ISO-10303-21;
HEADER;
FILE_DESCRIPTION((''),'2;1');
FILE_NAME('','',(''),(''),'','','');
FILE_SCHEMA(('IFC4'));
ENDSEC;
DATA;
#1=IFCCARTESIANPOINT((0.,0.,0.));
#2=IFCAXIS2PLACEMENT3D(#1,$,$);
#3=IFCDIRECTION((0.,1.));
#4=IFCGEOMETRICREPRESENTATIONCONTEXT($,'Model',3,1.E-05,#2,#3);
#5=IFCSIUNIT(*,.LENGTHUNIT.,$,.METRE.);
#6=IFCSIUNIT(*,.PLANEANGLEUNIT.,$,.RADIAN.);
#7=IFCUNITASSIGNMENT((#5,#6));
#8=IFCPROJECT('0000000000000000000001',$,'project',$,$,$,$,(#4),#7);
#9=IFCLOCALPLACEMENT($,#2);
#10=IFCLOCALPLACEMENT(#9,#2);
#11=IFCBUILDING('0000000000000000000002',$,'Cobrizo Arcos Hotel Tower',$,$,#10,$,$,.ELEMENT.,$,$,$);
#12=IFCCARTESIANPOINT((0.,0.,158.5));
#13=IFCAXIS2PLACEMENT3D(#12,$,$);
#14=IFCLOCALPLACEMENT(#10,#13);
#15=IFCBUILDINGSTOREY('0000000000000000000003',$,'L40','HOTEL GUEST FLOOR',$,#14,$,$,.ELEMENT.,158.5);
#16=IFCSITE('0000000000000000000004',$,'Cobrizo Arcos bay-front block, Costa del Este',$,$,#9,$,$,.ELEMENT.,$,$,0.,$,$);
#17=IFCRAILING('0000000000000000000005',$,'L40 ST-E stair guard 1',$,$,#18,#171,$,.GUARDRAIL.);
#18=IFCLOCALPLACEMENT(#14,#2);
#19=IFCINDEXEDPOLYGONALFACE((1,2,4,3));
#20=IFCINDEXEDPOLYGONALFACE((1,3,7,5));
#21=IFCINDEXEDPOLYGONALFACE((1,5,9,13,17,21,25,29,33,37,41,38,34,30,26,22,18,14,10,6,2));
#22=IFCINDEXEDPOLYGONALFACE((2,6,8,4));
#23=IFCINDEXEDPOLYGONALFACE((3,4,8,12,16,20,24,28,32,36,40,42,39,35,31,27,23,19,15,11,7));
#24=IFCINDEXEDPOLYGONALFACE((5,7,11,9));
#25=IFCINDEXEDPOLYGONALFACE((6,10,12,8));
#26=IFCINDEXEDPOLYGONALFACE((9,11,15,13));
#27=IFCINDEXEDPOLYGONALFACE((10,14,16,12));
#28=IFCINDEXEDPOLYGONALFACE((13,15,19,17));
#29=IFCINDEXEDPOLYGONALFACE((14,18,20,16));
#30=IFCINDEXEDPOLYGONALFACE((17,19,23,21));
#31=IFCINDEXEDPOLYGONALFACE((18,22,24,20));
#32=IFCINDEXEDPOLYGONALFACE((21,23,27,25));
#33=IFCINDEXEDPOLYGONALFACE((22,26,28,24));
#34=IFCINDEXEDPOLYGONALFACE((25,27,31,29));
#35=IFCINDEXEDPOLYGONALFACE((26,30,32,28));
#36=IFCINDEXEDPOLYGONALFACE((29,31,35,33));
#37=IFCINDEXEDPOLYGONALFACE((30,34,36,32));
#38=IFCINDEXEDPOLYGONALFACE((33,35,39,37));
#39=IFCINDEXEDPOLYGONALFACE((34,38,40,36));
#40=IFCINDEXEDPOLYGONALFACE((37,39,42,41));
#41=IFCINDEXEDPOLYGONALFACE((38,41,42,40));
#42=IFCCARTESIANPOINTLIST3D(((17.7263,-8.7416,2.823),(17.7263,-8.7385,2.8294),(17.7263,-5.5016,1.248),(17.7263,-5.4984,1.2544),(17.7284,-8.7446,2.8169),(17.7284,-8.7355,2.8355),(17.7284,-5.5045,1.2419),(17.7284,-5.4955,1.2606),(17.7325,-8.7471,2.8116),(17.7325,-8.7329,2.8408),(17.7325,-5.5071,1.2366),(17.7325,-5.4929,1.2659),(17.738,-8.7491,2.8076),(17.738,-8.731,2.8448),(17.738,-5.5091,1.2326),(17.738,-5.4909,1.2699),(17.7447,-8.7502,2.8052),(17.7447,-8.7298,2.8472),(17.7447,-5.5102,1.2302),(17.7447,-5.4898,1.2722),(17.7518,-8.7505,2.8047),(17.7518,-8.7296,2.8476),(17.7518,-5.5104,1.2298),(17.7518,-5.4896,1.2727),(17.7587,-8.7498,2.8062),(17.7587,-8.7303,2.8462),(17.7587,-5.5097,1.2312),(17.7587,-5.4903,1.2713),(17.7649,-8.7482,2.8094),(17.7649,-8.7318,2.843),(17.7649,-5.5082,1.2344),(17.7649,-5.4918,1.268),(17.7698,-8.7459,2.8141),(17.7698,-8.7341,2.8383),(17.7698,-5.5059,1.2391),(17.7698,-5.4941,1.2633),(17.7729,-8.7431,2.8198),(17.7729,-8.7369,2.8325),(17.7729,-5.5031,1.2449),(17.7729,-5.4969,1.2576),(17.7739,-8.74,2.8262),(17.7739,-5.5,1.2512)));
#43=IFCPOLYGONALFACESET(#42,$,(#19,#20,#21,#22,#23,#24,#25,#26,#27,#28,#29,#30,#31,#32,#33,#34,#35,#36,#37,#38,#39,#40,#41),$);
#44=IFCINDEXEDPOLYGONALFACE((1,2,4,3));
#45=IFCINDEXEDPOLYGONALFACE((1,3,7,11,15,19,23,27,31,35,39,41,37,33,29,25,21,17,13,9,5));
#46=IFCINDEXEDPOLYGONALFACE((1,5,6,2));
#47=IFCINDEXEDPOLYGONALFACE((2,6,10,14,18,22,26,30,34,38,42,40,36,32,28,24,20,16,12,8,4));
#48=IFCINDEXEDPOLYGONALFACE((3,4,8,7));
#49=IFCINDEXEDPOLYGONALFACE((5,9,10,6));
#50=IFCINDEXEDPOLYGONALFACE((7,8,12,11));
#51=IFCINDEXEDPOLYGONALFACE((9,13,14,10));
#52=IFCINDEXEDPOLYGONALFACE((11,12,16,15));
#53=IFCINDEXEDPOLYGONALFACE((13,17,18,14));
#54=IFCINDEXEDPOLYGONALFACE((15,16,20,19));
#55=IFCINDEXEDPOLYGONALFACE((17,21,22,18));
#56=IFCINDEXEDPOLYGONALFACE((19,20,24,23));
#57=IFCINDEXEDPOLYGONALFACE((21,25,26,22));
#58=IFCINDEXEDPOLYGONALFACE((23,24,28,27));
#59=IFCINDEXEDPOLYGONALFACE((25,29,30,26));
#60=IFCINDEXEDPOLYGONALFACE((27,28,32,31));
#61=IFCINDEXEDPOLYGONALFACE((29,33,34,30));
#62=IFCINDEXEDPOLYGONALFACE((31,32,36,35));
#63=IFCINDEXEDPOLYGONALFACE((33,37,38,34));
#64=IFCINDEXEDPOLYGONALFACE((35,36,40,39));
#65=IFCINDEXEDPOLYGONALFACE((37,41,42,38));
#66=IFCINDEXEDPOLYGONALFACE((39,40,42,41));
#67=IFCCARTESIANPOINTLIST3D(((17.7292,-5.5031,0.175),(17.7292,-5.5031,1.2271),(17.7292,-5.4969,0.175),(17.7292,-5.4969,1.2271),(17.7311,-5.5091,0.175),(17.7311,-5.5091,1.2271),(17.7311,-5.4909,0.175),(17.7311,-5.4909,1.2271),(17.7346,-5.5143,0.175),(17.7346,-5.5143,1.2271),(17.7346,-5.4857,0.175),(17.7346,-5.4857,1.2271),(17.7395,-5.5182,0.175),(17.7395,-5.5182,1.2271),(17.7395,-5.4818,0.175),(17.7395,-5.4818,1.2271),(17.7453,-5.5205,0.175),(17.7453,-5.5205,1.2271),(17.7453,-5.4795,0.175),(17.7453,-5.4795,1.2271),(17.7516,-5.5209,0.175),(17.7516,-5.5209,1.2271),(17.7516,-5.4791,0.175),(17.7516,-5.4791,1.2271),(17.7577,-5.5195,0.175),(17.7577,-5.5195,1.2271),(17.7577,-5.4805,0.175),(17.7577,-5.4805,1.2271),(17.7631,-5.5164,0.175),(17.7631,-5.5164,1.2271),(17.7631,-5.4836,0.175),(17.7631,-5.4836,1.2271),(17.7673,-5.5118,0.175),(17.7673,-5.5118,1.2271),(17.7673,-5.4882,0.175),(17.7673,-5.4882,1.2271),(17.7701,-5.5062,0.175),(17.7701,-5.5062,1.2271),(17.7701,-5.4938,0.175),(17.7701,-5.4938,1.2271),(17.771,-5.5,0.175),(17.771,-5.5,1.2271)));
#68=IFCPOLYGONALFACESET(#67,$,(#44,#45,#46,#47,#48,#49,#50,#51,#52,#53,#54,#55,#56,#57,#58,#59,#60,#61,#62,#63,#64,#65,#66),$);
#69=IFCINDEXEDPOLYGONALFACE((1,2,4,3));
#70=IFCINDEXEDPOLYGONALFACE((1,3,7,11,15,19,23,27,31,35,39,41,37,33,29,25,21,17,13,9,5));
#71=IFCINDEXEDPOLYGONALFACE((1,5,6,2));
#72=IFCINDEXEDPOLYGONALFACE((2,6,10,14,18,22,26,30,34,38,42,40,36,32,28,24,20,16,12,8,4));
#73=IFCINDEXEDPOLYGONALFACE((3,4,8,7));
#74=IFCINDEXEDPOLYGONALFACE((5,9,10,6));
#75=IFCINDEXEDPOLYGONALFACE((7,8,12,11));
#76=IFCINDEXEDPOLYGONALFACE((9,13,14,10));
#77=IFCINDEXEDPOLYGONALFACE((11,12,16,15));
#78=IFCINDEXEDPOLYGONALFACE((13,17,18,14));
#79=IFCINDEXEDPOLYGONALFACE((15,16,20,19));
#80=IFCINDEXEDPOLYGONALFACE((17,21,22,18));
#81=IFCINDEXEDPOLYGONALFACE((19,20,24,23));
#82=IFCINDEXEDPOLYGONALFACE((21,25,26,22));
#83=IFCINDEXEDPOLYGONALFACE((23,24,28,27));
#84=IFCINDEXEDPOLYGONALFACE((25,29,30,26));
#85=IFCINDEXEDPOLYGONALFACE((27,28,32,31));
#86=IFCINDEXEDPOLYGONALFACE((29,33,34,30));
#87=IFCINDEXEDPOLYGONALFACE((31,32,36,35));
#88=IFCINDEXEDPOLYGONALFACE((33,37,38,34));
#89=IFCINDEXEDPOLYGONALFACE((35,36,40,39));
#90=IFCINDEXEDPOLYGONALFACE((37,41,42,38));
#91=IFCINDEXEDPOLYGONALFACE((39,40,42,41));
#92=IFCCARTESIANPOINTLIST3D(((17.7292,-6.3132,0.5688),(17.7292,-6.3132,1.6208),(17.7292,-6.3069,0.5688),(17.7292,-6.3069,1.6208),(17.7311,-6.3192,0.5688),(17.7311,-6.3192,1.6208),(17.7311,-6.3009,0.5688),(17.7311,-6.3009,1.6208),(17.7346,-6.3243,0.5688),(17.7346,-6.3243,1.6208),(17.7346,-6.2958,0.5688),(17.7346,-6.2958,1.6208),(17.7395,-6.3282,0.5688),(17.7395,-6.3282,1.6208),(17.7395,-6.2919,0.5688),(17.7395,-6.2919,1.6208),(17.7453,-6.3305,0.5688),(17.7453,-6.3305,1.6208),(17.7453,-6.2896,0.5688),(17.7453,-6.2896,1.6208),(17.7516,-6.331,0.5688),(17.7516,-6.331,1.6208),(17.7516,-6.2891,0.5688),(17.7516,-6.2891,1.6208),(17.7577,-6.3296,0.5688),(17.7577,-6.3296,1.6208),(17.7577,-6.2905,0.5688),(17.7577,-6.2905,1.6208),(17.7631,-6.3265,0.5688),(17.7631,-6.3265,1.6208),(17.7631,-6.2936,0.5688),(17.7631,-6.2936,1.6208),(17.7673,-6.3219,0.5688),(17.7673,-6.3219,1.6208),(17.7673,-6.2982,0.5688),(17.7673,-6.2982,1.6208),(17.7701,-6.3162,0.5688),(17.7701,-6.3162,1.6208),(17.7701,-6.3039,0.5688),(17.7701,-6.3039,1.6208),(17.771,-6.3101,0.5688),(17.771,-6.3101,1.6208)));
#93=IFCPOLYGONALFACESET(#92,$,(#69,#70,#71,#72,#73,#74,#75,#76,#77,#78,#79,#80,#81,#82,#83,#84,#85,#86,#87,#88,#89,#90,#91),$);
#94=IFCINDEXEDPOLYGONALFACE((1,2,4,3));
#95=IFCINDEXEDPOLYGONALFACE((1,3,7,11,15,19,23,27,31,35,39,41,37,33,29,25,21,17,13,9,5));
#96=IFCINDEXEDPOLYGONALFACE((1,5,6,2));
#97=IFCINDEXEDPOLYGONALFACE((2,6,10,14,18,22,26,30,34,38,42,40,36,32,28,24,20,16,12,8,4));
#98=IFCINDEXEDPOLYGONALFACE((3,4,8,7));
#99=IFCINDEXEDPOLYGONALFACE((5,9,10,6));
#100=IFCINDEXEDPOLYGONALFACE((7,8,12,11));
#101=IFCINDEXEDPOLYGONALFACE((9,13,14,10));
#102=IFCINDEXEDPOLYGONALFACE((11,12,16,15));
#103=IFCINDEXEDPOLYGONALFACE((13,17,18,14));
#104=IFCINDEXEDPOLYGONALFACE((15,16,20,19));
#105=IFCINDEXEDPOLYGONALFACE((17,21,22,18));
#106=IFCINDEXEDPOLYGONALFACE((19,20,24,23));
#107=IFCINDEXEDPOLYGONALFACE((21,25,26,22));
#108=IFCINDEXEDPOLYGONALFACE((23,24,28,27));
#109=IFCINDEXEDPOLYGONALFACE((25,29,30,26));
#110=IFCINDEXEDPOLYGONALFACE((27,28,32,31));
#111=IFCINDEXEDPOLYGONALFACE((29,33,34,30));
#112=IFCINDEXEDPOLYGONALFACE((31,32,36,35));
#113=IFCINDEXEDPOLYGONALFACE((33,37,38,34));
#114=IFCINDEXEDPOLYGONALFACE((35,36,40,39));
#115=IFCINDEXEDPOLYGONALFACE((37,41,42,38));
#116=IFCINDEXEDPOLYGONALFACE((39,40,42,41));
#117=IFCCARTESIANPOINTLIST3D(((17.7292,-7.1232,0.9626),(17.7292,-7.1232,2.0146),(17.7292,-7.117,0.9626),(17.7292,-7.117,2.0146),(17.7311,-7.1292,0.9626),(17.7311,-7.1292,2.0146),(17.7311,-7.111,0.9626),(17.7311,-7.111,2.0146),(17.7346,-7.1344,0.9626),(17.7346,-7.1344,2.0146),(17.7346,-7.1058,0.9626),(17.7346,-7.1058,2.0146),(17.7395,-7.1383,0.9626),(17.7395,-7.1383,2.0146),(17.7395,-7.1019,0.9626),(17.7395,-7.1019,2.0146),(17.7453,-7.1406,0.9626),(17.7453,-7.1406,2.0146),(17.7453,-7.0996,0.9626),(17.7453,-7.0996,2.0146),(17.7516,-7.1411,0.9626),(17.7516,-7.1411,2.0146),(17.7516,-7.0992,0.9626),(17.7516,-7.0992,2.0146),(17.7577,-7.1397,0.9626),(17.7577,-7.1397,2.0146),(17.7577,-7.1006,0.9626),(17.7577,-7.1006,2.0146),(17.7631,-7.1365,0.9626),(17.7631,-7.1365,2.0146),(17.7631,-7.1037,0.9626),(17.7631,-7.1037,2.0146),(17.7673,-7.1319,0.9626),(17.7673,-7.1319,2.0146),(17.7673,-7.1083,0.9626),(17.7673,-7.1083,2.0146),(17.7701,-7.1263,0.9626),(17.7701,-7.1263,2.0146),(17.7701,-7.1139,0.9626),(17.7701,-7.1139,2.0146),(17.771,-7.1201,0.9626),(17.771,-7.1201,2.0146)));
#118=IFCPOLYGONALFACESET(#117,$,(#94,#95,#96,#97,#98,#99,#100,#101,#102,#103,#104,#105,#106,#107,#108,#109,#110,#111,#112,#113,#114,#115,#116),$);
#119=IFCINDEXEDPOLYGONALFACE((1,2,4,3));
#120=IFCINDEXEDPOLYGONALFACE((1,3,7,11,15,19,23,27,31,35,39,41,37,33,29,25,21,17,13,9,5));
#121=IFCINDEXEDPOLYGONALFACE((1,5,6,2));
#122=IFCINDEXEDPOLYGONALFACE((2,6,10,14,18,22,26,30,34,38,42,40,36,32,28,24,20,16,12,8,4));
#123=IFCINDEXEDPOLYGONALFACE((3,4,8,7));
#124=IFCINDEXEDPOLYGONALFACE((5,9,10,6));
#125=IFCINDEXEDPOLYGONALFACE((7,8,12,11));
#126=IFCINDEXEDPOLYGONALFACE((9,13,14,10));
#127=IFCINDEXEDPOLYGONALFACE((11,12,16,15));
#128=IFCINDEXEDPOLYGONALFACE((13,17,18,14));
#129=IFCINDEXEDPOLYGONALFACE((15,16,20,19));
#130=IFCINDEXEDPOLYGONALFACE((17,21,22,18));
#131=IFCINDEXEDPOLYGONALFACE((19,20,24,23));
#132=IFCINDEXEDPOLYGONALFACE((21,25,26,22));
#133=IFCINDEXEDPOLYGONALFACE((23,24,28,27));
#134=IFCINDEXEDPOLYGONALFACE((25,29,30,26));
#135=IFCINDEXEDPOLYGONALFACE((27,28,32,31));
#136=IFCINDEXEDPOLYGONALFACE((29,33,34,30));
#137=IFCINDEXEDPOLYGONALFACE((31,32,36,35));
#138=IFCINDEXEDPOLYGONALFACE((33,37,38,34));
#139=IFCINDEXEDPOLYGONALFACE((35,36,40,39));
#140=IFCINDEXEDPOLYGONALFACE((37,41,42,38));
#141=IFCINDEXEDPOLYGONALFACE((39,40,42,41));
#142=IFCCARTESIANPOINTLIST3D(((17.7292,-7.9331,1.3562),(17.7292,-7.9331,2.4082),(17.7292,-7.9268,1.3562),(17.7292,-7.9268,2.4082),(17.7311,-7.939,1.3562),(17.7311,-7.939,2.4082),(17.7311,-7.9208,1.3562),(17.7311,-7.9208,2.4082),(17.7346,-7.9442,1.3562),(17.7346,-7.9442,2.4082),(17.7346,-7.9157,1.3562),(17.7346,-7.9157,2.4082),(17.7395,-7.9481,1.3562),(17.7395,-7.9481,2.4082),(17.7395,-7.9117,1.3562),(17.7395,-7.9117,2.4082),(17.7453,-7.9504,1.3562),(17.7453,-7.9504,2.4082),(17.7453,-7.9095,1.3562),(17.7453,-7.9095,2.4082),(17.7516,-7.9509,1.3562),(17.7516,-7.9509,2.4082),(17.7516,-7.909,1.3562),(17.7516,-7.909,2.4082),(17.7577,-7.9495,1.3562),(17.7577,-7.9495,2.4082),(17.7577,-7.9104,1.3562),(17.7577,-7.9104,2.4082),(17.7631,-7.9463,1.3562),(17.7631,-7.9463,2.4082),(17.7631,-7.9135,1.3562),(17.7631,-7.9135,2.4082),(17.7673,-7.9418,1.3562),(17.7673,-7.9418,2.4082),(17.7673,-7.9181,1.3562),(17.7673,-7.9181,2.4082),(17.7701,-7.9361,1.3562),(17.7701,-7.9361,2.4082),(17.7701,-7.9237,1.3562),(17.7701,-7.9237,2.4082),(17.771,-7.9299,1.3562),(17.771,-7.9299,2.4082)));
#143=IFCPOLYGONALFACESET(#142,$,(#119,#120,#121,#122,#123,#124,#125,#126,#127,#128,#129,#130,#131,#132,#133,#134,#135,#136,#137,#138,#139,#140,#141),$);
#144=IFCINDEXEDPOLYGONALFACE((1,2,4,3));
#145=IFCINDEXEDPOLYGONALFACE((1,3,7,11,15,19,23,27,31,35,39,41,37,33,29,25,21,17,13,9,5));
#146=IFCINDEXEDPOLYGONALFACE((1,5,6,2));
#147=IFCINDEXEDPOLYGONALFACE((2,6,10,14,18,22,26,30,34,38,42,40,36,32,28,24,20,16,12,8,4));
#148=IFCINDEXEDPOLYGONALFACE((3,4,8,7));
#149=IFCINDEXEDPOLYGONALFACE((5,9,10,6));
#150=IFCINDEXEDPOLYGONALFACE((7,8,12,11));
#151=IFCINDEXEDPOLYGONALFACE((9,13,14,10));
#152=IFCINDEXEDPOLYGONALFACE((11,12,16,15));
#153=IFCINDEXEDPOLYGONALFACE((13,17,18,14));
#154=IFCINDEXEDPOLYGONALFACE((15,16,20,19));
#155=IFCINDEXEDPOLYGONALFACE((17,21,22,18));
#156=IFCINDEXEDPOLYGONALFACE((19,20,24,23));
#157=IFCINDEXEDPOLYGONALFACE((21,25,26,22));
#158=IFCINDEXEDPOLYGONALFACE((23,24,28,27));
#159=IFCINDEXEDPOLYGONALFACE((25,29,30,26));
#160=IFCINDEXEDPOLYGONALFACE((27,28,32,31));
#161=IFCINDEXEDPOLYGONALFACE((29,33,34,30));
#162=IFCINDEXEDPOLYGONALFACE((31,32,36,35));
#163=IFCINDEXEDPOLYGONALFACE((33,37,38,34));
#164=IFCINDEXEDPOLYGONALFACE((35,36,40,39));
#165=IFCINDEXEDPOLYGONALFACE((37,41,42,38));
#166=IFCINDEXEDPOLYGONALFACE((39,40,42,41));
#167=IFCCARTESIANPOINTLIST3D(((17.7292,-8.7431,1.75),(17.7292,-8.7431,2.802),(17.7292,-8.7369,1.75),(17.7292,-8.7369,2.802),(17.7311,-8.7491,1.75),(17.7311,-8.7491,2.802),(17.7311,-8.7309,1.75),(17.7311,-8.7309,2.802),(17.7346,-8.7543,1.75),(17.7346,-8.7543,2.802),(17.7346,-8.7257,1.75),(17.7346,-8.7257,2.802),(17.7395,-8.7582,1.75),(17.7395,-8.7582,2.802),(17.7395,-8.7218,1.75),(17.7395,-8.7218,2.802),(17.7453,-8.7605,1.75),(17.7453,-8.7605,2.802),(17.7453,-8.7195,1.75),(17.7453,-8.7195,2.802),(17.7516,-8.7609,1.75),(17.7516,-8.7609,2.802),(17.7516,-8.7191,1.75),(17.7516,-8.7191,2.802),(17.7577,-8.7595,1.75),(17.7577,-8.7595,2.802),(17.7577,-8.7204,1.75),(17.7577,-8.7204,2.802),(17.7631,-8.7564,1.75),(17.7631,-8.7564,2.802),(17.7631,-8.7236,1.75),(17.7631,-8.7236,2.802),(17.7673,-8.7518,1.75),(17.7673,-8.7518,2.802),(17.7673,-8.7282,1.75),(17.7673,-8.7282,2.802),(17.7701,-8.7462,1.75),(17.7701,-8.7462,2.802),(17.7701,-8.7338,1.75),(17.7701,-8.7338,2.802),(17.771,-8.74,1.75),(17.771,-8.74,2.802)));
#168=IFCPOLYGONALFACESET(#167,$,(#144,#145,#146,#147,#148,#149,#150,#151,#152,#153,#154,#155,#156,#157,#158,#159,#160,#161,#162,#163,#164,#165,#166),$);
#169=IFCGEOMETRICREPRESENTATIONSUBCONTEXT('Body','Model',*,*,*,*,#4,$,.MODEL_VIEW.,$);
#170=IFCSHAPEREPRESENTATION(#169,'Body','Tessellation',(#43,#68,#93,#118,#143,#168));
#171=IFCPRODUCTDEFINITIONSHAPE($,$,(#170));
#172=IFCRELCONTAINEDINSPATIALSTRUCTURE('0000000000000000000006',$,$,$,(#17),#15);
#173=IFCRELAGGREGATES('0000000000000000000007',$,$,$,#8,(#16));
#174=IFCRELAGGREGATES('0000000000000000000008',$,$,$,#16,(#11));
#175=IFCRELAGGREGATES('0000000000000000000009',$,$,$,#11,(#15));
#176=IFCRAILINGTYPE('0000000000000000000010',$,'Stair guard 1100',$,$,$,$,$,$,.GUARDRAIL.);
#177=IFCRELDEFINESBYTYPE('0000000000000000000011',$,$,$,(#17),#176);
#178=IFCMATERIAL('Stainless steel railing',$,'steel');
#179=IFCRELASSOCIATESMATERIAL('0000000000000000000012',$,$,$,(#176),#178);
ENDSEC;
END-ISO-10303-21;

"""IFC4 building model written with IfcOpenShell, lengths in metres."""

from ifc_helpers import new_model, si_unit, direction, frame, origin, origin_2d, place, context, subcontext, project, spatial, circle, extrude, material, type_object, element, save


model = new_model("IFC4")

# Units and contexts
model_context = context("Model", 3, precision=1e-05, world=origin(), true_north=direction((0.0, 1.0)))
body_context = subcontext(model_context, "Body", "Model", "MODEL_VIEW")
ifc_project = project(units=[si_unit("LENGTHUNIT", "METRE"), si_unit("PLANEANGLEUNIT", "RADIAN")], contexts=[model_context])

# Site, building, storey
site_placement = place(None, origin())
site = spatial("IfcSite", under=ifc_project, at=site_placement, Name="Cobrizo Arcos bay-front block, Costa del Este", CompositionType="ELEMENT", RefElevation=0.0)
building_placement = place(site_placement, origin())
building = spatial("IfcBuilding", under=site, at=building_placement, Name="Cobrizo Arcos Hotel Tower", CompositionType="ELEMENT")
storey_placement = place(building_placement, frame((0.0, 0.0, 158.5)))
storey = spatial("IfcBuildingStorey", under=building, at=storey_placement, Name="L40", Description="HOTEL GUEST FLOOR", CompositionType="ELEMENT", Elevation=158.5)

# Railing
ifc_material_1 = material(Name="Stainless steel railing", Category="steel")
railing_type_1 = type_object("IfcRailingType", Name="Stair guard 1100", PredefinedType="GUARDRAIL", material=ifc_material_1)
railing_1_placement = place(storey_placement, frame((17.75, -5.5, 0.175)))
element("IfcRailing", 1, at=railing_1_placement, inside=storey, type_object=railing_type_1, Name="L40 ST-E stair guard 1", PredefinedType="GUARDRAIL", context=body_context, shape_type="SweptSolid", body=[
    extrude(circle(Radius=0.0239, at=origin_2d()), frame((0.0, 0.0, 1.0762), z_axis=(0.0, -0.899373, 0.437183), x_axis=(1.0, 0.0, 0.0)), (0.0, 0.0, 1.0), 3.6025),
    extrude(circle(Radius=0.021, at=origin_2d()), origin(), (0.0, 0.0, 1.0), 1.052),
    extrude(circle(Radius=0.021, at=origin_2d()), frame((0.0, -0.8101, 0.3938)), (0.0, 0.0, 1.0), 1.052),
    extrude(circle(Radius=0.021, at=origin_2d()), frame((0.0, -1.6201, 0.7876)), (0.0, 0.0, 1.0), 1.052),
    extrude(circle(Radius=0.021, at=origin_2d()), frame((0.0, -2.4299, 1.1812)), (0.0, 0.0, 1.0), 1.052),
    extrude(circle(Radius=0.021, at=origin_2d()), frame((0.0, -3.24, 1.575)), (0.0, 0.0, 1.0), 1.052),
])

save(model, "model.ifc")
